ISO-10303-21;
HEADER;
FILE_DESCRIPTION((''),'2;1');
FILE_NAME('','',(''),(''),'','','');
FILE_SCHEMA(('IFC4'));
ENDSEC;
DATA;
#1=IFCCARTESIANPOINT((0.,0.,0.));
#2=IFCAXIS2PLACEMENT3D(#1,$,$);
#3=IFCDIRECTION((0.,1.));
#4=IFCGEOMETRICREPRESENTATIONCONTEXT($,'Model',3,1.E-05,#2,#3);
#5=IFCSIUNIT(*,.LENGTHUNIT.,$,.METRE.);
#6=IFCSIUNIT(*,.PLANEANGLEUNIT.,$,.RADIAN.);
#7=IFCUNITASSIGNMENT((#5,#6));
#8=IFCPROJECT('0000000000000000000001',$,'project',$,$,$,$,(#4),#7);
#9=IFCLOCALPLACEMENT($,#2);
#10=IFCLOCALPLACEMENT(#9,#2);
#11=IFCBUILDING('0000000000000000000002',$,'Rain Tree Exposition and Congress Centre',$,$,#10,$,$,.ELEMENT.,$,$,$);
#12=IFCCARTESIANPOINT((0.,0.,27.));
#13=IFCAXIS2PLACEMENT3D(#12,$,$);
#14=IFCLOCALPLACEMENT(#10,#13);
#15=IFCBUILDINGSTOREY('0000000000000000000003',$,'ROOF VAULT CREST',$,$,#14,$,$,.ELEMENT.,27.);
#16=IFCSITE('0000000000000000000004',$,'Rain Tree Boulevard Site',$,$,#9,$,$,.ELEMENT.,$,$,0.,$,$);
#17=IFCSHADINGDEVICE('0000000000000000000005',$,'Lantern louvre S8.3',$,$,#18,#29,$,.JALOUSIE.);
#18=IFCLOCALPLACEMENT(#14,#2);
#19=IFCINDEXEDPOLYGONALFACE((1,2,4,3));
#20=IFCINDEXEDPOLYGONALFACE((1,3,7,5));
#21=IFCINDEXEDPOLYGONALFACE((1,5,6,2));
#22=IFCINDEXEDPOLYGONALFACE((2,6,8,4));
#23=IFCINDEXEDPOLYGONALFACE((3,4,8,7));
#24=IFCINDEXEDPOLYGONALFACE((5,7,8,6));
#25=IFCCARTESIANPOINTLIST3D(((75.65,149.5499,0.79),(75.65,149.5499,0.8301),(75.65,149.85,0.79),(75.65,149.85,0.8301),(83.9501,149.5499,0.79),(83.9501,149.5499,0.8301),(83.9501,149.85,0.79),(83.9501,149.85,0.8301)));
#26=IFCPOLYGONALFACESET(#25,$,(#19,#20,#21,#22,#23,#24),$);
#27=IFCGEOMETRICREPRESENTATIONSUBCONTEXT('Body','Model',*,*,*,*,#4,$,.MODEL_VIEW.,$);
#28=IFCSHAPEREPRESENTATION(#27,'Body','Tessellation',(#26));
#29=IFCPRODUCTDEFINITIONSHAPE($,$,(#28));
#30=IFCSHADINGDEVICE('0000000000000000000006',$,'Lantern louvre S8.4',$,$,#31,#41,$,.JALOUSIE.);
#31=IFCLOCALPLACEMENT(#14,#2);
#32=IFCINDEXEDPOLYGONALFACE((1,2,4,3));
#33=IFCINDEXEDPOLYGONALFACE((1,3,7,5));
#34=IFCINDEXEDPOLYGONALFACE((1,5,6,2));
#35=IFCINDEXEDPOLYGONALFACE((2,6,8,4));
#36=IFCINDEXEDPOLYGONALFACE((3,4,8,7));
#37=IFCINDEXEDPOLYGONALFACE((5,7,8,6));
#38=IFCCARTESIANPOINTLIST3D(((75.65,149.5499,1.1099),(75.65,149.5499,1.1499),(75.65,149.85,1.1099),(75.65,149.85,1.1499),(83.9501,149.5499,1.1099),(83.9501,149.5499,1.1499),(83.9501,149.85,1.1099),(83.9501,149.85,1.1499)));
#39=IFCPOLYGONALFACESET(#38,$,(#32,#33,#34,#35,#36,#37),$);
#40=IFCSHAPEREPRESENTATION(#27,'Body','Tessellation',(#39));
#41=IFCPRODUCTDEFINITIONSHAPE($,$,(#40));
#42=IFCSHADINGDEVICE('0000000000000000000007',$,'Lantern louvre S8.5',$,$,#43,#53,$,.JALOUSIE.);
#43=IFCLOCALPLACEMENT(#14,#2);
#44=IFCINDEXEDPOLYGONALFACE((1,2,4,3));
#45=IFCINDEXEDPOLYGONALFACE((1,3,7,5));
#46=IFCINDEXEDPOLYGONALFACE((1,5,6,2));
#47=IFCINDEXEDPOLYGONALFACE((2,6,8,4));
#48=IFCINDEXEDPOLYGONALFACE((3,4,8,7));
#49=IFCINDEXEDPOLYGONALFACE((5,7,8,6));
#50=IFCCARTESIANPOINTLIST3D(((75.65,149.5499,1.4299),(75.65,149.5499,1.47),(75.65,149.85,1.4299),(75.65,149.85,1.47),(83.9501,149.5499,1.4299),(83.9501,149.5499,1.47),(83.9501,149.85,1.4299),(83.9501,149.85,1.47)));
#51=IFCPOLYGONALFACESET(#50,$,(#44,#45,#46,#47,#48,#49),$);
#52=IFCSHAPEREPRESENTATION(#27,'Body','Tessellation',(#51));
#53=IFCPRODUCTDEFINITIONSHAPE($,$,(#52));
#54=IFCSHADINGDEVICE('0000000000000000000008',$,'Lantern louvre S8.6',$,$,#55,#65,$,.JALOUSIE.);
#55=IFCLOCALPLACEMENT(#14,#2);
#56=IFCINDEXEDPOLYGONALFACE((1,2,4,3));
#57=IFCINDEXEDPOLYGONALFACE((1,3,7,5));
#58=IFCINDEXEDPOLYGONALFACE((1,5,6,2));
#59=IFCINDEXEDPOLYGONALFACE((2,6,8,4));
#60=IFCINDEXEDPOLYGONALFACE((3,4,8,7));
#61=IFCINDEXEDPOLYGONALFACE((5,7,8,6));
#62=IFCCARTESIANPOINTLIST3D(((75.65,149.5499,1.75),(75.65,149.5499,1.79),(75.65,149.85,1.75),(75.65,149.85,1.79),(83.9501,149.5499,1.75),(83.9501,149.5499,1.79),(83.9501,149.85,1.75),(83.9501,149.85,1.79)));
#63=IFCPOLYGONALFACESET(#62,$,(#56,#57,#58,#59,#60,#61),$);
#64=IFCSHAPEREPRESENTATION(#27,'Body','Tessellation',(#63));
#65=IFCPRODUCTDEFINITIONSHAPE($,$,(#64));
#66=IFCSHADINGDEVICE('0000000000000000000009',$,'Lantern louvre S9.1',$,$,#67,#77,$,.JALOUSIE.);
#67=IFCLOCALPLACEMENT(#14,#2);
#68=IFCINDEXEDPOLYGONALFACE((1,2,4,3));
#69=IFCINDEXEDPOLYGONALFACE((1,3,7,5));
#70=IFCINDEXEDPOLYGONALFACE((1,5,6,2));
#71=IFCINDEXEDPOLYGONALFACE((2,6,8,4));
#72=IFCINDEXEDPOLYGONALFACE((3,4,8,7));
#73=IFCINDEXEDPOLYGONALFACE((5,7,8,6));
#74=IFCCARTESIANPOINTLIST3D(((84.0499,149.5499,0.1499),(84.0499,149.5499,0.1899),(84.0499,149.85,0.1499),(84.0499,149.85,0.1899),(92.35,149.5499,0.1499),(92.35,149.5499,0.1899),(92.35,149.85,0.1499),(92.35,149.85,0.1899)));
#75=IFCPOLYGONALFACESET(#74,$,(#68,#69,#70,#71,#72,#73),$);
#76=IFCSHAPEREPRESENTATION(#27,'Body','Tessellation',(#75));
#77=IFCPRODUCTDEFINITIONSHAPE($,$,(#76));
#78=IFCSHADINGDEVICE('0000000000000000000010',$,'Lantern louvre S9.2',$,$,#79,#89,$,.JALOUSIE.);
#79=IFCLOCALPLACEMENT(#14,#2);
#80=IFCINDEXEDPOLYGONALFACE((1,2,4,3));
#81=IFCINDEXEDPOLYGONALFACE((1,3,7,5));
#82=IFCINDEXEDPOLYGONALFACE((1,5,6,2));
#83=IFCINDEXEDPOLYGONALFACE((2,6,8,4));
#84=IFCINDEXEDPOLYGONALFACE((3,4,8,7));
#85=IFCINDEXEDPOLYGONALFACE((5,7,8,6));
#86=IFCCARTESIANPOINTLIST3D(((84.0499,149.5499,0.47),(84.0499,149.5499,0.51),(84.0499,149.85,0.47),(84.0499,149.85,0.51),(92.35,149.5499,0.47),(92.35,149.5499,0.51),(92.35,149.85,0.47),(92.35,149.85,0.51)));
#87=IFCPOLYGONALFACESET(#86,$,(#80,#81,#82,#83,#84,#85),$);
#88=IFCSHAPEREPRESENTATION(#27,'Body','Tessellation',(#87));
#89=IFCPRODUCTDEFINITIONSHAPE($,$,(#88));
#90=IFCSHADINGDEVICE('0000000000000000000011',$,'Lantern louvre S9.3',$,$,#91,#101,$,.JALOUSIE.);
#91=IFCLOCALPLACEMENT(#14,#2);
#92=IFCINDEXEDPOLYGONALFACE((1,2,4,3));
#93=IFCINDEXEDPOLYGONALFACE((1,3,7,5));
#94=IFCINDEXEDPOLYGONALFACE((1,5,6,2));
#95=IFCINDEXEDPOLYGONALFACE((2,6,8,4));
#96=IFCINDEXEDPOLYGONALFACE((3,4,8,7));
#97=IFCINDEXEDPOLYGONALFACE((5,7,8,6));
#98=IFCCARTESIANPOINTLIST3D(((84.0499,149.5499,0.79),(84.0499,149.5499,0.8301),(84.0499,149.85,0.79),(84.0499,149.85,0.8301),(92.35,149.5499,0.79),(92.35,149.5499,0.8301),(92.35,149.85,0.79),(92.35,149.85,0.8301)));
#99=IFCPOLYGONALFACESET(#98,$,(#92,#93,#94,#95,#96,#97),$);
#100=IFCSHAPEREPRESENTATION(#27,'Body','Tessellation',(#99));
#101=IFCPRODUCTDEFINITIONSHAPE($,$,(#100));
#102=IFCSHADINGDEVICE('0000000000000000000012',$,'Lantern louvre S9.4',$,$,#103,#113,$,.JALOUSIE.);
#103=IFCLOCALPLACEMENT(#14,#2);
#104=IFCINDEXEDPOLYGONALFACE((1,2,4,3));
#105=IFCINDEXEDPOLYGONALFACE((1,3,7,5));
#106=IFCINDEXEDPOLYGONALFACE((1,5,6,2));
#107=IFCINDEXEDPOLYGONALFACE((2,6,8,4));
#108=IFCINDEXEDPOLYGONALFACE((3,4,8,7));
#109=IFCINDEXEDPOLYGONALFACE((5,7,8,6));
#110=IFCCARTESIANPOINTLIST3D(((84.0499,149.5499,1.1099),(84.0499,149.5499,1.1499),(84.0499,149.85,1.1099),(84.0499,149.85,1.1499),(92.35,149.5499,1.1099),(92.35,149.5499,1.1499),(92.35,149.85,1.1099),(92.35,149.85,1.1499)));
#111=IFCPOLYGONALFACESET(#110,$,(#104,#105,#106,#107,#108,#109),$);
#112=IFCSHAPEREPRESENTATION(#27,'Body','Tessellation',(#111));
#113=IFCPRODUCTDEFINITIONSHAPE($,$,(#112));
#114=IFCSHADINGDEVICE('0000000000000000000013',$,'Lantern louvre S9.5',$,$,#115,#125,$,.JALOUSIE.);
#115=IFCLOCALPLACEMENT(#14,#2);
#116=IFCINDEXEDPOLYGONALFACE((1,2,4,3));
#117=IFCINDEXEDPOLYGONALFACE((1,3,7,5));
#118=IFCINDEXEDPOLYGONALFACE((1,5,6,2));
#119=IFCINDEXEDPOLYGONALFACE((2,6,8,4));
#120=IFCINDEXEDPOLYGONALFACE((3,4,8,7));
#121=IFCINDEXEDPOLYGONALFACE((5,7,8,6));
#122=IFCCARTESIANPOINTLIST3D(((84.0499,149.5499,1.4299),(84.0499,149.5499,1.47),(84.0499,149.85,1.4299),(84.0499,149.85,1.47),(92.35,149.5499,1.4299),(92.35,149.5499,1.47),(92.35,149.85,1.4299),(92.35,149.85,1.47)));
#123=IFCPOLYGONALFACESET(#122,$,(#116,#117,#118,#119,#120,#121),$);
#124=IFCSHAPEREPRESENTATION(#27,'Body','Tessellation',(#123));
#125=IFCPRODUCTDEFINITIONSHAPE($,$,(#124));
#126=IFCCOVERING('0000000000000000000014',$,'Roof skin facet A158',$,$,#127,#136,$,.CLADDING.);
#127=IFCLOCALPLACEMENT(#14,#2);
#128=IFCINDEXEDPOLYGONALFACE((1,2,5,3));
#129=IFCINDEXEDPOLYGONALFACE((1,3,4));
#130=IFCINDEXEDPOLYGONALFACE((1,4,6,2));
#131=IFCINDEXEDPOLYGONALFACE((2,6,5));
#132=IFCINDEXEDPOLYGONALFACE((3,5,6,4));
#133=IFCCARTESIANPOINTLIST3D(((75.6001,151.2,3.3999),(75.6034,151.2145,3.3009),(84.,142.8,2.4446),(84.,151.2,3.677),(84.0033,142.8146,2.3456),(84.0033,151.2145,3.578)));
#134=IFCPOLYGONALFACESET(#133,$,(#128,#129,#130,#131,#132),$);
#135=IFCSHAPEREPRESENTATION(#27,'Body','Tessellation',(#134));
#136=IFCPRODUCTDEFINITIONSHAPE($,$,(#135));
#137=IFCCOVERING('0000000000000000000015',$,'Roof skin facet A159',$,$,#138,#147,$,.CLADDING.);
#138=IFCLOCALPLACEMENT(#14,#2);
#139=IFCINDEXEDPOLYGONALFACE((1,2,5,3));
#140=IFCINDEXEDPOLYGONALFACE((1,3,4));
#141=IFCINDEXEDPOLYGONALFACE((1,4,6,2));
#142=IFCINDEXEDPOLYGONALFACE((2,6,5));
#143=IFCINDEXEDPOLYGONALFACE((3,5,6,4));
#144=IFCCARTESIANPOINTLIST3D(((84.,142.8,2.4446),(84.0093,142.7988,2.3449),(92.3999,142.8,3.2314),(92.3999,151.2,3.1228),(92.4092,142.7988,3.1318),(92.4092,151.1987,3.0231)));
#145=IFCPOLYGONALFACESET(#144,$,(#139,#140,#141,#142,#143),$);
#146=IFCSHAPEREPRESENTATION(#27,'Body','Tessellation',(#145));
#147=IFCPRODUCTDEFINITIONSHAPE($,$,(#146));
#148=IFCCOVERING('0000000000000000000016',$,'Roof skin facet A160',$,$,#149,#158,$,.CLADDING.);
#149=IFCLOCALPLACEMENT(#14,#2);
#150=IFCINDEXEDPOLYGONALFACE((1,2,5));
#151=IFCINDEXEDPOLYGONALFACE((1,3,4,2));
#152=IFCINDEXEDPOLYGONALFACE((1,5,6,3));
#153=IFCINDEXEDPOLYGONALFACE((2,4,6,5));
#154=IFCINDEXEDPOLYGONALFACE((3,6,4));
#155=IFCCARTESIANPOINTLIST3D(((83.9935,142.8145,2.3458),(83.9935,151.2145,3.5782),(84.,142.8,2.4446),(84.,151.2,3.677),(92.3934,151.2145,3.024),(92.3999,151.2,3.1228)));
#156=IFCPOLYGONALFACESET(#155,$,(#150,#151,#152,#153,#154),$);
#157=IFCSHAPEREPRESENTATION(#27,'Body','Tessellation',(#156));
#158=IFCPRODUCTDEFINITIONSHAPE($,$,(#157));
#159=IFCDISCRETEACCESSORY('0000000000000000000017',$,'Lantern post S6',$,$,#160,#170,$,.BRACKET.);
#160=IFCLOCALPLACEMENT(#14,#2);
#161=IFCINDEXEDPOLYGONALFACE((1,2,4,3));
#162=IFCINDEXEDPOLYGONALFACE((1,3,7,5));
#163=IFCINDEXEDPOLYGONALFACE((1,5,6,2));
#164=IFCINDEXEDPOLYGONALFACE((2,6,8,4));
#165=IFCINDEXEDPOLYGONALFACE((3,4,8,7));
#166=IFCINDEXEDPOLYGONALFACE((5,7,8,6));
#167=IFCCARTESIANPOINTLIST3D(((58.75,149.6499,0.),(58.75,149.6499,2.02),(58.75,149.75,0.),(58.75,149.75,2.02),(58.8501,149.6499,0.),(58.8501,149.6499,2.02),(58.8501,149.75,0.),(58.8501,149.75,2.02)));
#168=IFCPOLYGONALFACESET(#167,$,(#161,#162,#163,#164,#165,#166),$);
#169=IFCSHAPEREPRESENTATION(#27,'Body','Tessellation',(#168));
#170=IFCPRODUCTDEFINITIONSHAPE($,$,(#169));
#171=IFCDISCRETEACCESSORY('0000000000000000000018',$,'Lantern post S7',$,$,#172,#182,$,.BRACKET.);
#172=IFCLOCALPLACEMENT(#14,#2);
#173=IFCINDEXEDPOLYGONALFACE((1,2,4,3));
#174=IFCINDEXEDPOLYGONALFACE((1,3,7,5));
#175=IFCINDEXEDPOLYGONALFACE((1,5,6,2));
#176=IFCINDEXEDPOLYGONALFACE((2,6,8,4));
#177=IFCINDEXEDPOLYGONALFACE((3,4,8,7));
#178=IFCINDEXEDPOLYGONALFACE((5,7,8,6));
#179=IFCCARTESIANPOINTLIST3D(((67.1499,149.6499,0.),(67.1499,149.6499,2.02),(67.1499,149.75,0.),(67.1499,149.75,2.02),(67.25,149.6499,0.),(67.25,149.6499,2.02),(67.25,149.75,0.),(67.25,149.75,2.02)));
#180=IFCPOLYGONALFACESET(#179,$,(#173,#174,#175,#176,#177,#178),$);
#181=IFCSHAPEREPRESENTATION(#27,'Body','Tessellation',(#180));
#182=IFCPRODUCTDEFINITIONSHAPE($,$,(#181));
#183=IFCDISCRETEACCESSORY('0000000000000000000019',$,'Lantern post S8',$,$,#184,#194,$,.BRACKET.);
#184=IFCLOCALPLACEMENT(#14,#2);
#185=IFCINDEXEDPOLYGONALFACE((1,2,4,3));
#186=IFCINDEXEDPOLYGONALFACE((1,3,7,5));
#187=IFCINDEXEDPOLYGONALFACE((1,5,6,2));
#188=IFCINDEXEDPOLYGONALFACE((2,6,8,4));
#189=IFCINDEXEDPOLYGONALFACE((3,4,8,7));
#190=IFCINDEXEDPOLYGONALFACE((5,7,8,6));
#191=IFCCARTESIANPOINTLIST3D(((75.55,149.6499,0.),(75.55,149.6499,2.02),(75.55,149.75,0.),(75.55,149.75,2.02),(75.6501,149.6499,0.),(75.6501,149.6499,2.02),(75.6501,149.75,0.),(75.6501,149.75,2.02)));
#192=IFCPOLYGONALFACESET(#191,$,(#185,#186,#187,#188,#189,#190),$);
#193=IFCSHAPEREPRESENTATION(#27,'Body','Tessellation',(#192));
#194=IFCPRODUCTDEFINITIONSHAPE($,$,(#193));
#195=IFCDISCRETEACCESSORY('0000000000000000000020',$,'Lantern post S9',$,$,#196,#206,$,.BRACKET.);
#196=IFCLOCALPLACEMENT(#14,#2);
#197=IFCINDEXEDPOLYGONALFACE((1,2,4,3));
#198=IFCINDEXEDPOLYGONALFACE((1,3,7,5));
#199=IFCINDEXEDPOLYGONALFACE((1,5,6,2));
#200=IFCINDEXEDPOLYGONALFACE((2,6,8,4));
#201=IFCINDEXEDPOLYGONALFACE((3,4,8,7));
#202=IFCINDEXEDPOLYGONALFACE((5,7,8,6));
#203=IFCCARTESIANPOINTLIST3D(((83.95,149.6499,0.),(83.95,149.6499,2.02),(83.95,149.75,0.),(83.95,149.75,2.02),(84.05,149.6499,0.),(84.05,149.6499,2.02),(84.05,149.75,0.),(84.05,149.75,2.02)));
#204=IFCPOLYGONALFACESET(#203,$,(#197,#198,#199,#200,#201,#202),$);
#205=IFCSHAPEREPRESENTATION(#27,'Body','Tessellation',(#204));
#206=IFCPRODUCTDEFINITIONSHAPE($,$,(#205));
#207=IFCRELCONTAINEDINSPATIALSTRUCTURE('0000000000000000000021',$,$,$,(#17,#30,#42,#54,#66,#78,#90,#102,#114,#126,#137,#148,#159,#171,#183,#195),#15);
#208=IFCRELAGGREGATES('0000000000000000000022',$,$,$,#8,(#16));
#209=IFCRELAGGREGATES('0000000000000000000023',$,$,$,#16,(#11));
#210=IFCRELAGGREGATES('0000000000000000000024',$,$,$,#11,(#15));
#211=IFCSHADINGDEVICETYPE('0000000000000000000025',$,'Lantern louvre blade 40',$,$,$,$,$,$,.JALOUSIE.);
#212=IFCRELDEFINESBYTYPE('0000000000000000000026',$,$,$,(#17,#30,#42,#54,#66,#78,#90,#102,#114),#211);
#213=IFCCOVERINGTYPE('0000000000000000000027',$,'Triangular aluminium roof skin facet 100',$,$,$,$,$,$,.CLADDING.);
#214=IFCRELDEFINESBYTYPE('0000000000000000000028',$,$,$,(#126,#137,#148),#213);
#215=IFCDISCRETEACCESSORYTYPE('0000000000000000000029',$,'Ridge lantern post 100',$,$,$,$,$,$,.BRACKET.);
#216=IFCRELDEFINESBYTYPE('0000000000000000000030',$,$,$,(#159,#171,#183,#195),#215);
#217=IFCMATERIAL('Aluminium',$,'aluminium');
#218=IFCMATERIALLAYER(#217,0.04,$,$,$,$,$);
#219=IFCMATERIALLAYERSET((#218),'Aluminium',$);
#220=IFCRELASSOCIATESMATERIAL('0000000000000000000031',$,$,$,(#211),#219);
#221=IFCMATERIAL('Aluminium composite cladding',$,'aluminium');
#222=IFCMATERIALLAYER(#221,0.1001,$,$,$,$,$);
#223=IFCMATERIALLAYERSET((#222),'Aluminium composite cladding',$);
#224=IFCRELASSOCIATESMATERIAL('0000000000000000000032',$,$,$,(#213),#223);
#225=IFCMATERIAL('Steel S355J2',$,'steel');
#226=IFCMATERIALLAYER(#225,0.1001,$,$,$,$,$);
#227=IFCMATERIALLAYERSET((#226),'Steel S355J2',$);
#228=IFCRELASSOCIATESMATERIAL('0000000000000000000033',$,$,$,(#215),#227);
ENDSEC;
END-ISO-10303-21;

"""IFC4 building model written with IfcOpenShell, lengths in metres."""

from ifc_helpers import new_model, si_unit, direction, frame, origin, origin_2d, place, context, subcontext, project, spatial, polyline, rectangle, outline, extrude, material, layer, layer_set, type_object, element, save


model = new_model("IFC4")

# Units and contexts
model_context = context("Model", 3, precision=1e-05, world=origin(), true_north=direction((0.0, 1.0)))
body_context = subcontext(model_context, "Body", "Model", "MODEL_VIEW")
ifc_project = project(units=[si_unit("LENGTHUNIT", "METRE"), si_unit("PLANEANGLEUNIT", "RADIAN")], contexts=[model_context])

# Site, building, storey
site_placement = place(None, origin())
site = spatial("IfcSite", under=ifc_project, at=site_placement, Name="Rain Tree Boulevard Site", CompositionType="ELEMENT", RefElevation=0.0)
building_placement = place(site_placement, origin())
building = spatial("IfcBuilding", under=site, at=building_placement, Name="Rain Tree Exposition and Congress Centre", CompositionType="ELEMENT")
storey_placement = place(building_placement, frame((0.0, 0.0, 27.0)))
storey = spatial("IfcBuildingStorey", under=building, at=storey_placement, Name="ROOF VAULT CREST", CompositionType="ELEMENT", Elevation=27.0)

# Shading devices
ifc_material_1 = material(Name="Aluminium", Category="aluminium")
ifc_layer_1 = layer(ifc_material_1, 0.04)
ifc_layer_set_1 = layer_set([ifc_layer_1], Name="Aluminium")
shading_device_type = type_object("IfcShadingDeviceType", Name="Lantern louvre blade 40", PredefinedType="JALOUSIE", material=ifc_layer_set_1)
for number, where, z_axis, x_axis, name in (
    (1, (79.8, 149.7, 0.79), (0.0, 0.0, 1.0), (1.0, 0.0, 0.0), "Lantern louvre S8.3"),
    (2, (79.8, 149.7, 1.1099), (0.0, 0.0, 1.0), (1.0, 0.0, 0.0), "Lantern louvre S8.4"),
    (3, (79.8, 149.7, 1.4299), (0.0, 0.0, 1.0), (1.0, 0.0, 0.0), "Lantern louvre S8.5"),
    (4, (79.8, 149.7, 1.75), (0.0, 0.0, 1.0), (1.0, 0.0, 0.0), "Lantern louvre S8.6"),
    (5, (88.2, 149.7, 0.1499), (0.0, 0.0, 1.0), (1.0, 0.0, 0.0), "Lantern louvre S9.1"),
    (6, (88.2, 149.7, 0.47), (0.0, 0.0, 1.0), (1.0, 0.0, 0.0), "Lantern louvre S9.2"),
    (7, (88.2, 149.7, 0.79), (0.0, 0.0, 1.0), (1.0, 0.0, 0.0), "Lantern louvre S9.3"),
    (8, (88.2, 149.7, 1.1099), (0.0, 0.0, 1.0), (1.0, 0.0, 0.0), "Lantern louvre S9.4"),
    (9, (88.2, 149.7, 1.4299), (0.0, 0.0, 1.0), (1.0, 0.0, 0.0), "Lantern louvre S9.5"),
):
    element("IfcShadingDevice", number, at=place(storey_placement, frame(where, z_axis=z_axis, x_axis=x_axis)), inside=storey, type_object=shading_device_type, Name=name, PredefinedType="JALOUSIE", context=body_context, shape_type="SweptSolid", body=[
        extrude(rectangle(XDim=8.3, YDim=0.3, at=origin_2d()), origin(), (0.0, 0.0, 1.0), 0.04),
    ])

# Coverings
ifc_material_2 = material(Name="Aluminium composite cladding", Category="aluminium")
ifc_layer_2 = layer(ifc_material_2, 0.1001)
ifc_layer_set_2 = layer_set([ifc_layer_2], Name="Aluminium composite cladding")
covering_type = type_object("IfcCoveringType", Name="Triangular aluminium roof skin facet 100", PredefinedType="CLADDING", material=ifc_layer_set_2)
covering_1_placement = place(storey_placement, frame((84.0, 142.8, 2.4446), z_axis=(-0.032622, -0.145087, 0.988881), x_axis=(0.0, 0.989408, 0.145164)))
element("IfcCovering", 10, at=covering_1_placement, inside=storey, type_object=covering_type, Name="Roof skin facet A158", PredefinedType="CLADDING", context=body_context, shape_type="SweptSolid", body=[
    extrude(outline(polyline([(0.0, 0.0), (8.4898, 0.0), (8.4496, 8.4044), (0.0, 0.0)])), origin(), (0.0, 0.0, -1.0), 0.1001),
])
covering_2_placement = place(storey_placement, frame((84.0, 142.8, 2.4446), z_axis=(-0.093259, 0.012876, 0.995559), x_axis=(0.995641, 0.0, 0.093267)))
element("IfcCovering", 11, at=covering_2_placement, inside=storey, type_object=covering_type, Name="Roof skin facet A159", PredefinedType="CLADDING", context=body_context, shape_type="SweptSolid", body=[
    extrude(outline(polyline([(0.0, 0.0), (8.4367, 0.0), (8.4265, 8.4006), (0.0, 0.0)])), origin(), (0.0, 0.0, -1.0), 0.1001),
])
covering_3_placement = place(storey_placement, frame((84.0, 142.8, 2.4446), z_axis=(0.065139, -0.144856, 0.987306), x_axis=(0.705957, 0.705957, 0.057)))
element("IfcCovering", 12, at=covering_3_placement, inside=storey, type_object=covering_type, Name="Roof skin facet A160", PredefinedType="CLADDING", context=body_context, shape_type="SweptSolid", body=[
    extrude(outline(polyline([(0.0, 0.0), (11.8986, 0.0), (6.0002, 6.0062), (0.0, 0.0)])), origin(), (0.0, 0.0, -1.0), 0.1001),
])

# Discrete accessories
ifc_material_3 = material(Name="Steel S355J2", Category="steel")
ifc_layer_3 = layer(ifc_material_3, 0.1001)
ifc_layer_set_3 = layer_set([ifc_layer_3], Name="Steel S355J2")
discrete_accessory_type = type_object("IfcDiscreteAccessoryType", Name="Ridge lantern post 100", PredefinedType="BRACKET", material=ifc_layer_set_3)
for number, where, z_axis, x_axis, name in (
    (13, (58.8, 149.7, 0.0), (0.0, 0.0, 1.0), (1.0, 0.0, 0.0), "Lantern post S6"),
    (14, (67.2, 149.7, 0.0), (0.0, 0.0, 1.0), (1.0, 0.0, 0.0), "Lantern post S7"),
    (15, (75.6001, 149.7, 0.0), (0.0, 0.0, 1.0), (1.0, 0.0, 0.0), "Lantern post S8"),
    (16, (84.0, 149.7, 0.0), (0.0, 0.0, 1.0), (1.0, 0.0, 0.0), "Lantern post S9"),
):
    element("IfcDiscreteAccessory", number, at=place(storey_placement, frame(where, z_axis=z_axis, x_axis=x_axis)), inside=storey, type_object=discrete_accessory_type, Name=name, PredefinedType="BRACKET", context=body_context, shape_type="SweptSolid", body=[
        extrude(rectangle(XDim=0.1001, YDim=0.1001, at=origin_2d()), origin(), (0.0, 0.0, 1.0), 2.02),
    ])

save(model, "model.ifc")
